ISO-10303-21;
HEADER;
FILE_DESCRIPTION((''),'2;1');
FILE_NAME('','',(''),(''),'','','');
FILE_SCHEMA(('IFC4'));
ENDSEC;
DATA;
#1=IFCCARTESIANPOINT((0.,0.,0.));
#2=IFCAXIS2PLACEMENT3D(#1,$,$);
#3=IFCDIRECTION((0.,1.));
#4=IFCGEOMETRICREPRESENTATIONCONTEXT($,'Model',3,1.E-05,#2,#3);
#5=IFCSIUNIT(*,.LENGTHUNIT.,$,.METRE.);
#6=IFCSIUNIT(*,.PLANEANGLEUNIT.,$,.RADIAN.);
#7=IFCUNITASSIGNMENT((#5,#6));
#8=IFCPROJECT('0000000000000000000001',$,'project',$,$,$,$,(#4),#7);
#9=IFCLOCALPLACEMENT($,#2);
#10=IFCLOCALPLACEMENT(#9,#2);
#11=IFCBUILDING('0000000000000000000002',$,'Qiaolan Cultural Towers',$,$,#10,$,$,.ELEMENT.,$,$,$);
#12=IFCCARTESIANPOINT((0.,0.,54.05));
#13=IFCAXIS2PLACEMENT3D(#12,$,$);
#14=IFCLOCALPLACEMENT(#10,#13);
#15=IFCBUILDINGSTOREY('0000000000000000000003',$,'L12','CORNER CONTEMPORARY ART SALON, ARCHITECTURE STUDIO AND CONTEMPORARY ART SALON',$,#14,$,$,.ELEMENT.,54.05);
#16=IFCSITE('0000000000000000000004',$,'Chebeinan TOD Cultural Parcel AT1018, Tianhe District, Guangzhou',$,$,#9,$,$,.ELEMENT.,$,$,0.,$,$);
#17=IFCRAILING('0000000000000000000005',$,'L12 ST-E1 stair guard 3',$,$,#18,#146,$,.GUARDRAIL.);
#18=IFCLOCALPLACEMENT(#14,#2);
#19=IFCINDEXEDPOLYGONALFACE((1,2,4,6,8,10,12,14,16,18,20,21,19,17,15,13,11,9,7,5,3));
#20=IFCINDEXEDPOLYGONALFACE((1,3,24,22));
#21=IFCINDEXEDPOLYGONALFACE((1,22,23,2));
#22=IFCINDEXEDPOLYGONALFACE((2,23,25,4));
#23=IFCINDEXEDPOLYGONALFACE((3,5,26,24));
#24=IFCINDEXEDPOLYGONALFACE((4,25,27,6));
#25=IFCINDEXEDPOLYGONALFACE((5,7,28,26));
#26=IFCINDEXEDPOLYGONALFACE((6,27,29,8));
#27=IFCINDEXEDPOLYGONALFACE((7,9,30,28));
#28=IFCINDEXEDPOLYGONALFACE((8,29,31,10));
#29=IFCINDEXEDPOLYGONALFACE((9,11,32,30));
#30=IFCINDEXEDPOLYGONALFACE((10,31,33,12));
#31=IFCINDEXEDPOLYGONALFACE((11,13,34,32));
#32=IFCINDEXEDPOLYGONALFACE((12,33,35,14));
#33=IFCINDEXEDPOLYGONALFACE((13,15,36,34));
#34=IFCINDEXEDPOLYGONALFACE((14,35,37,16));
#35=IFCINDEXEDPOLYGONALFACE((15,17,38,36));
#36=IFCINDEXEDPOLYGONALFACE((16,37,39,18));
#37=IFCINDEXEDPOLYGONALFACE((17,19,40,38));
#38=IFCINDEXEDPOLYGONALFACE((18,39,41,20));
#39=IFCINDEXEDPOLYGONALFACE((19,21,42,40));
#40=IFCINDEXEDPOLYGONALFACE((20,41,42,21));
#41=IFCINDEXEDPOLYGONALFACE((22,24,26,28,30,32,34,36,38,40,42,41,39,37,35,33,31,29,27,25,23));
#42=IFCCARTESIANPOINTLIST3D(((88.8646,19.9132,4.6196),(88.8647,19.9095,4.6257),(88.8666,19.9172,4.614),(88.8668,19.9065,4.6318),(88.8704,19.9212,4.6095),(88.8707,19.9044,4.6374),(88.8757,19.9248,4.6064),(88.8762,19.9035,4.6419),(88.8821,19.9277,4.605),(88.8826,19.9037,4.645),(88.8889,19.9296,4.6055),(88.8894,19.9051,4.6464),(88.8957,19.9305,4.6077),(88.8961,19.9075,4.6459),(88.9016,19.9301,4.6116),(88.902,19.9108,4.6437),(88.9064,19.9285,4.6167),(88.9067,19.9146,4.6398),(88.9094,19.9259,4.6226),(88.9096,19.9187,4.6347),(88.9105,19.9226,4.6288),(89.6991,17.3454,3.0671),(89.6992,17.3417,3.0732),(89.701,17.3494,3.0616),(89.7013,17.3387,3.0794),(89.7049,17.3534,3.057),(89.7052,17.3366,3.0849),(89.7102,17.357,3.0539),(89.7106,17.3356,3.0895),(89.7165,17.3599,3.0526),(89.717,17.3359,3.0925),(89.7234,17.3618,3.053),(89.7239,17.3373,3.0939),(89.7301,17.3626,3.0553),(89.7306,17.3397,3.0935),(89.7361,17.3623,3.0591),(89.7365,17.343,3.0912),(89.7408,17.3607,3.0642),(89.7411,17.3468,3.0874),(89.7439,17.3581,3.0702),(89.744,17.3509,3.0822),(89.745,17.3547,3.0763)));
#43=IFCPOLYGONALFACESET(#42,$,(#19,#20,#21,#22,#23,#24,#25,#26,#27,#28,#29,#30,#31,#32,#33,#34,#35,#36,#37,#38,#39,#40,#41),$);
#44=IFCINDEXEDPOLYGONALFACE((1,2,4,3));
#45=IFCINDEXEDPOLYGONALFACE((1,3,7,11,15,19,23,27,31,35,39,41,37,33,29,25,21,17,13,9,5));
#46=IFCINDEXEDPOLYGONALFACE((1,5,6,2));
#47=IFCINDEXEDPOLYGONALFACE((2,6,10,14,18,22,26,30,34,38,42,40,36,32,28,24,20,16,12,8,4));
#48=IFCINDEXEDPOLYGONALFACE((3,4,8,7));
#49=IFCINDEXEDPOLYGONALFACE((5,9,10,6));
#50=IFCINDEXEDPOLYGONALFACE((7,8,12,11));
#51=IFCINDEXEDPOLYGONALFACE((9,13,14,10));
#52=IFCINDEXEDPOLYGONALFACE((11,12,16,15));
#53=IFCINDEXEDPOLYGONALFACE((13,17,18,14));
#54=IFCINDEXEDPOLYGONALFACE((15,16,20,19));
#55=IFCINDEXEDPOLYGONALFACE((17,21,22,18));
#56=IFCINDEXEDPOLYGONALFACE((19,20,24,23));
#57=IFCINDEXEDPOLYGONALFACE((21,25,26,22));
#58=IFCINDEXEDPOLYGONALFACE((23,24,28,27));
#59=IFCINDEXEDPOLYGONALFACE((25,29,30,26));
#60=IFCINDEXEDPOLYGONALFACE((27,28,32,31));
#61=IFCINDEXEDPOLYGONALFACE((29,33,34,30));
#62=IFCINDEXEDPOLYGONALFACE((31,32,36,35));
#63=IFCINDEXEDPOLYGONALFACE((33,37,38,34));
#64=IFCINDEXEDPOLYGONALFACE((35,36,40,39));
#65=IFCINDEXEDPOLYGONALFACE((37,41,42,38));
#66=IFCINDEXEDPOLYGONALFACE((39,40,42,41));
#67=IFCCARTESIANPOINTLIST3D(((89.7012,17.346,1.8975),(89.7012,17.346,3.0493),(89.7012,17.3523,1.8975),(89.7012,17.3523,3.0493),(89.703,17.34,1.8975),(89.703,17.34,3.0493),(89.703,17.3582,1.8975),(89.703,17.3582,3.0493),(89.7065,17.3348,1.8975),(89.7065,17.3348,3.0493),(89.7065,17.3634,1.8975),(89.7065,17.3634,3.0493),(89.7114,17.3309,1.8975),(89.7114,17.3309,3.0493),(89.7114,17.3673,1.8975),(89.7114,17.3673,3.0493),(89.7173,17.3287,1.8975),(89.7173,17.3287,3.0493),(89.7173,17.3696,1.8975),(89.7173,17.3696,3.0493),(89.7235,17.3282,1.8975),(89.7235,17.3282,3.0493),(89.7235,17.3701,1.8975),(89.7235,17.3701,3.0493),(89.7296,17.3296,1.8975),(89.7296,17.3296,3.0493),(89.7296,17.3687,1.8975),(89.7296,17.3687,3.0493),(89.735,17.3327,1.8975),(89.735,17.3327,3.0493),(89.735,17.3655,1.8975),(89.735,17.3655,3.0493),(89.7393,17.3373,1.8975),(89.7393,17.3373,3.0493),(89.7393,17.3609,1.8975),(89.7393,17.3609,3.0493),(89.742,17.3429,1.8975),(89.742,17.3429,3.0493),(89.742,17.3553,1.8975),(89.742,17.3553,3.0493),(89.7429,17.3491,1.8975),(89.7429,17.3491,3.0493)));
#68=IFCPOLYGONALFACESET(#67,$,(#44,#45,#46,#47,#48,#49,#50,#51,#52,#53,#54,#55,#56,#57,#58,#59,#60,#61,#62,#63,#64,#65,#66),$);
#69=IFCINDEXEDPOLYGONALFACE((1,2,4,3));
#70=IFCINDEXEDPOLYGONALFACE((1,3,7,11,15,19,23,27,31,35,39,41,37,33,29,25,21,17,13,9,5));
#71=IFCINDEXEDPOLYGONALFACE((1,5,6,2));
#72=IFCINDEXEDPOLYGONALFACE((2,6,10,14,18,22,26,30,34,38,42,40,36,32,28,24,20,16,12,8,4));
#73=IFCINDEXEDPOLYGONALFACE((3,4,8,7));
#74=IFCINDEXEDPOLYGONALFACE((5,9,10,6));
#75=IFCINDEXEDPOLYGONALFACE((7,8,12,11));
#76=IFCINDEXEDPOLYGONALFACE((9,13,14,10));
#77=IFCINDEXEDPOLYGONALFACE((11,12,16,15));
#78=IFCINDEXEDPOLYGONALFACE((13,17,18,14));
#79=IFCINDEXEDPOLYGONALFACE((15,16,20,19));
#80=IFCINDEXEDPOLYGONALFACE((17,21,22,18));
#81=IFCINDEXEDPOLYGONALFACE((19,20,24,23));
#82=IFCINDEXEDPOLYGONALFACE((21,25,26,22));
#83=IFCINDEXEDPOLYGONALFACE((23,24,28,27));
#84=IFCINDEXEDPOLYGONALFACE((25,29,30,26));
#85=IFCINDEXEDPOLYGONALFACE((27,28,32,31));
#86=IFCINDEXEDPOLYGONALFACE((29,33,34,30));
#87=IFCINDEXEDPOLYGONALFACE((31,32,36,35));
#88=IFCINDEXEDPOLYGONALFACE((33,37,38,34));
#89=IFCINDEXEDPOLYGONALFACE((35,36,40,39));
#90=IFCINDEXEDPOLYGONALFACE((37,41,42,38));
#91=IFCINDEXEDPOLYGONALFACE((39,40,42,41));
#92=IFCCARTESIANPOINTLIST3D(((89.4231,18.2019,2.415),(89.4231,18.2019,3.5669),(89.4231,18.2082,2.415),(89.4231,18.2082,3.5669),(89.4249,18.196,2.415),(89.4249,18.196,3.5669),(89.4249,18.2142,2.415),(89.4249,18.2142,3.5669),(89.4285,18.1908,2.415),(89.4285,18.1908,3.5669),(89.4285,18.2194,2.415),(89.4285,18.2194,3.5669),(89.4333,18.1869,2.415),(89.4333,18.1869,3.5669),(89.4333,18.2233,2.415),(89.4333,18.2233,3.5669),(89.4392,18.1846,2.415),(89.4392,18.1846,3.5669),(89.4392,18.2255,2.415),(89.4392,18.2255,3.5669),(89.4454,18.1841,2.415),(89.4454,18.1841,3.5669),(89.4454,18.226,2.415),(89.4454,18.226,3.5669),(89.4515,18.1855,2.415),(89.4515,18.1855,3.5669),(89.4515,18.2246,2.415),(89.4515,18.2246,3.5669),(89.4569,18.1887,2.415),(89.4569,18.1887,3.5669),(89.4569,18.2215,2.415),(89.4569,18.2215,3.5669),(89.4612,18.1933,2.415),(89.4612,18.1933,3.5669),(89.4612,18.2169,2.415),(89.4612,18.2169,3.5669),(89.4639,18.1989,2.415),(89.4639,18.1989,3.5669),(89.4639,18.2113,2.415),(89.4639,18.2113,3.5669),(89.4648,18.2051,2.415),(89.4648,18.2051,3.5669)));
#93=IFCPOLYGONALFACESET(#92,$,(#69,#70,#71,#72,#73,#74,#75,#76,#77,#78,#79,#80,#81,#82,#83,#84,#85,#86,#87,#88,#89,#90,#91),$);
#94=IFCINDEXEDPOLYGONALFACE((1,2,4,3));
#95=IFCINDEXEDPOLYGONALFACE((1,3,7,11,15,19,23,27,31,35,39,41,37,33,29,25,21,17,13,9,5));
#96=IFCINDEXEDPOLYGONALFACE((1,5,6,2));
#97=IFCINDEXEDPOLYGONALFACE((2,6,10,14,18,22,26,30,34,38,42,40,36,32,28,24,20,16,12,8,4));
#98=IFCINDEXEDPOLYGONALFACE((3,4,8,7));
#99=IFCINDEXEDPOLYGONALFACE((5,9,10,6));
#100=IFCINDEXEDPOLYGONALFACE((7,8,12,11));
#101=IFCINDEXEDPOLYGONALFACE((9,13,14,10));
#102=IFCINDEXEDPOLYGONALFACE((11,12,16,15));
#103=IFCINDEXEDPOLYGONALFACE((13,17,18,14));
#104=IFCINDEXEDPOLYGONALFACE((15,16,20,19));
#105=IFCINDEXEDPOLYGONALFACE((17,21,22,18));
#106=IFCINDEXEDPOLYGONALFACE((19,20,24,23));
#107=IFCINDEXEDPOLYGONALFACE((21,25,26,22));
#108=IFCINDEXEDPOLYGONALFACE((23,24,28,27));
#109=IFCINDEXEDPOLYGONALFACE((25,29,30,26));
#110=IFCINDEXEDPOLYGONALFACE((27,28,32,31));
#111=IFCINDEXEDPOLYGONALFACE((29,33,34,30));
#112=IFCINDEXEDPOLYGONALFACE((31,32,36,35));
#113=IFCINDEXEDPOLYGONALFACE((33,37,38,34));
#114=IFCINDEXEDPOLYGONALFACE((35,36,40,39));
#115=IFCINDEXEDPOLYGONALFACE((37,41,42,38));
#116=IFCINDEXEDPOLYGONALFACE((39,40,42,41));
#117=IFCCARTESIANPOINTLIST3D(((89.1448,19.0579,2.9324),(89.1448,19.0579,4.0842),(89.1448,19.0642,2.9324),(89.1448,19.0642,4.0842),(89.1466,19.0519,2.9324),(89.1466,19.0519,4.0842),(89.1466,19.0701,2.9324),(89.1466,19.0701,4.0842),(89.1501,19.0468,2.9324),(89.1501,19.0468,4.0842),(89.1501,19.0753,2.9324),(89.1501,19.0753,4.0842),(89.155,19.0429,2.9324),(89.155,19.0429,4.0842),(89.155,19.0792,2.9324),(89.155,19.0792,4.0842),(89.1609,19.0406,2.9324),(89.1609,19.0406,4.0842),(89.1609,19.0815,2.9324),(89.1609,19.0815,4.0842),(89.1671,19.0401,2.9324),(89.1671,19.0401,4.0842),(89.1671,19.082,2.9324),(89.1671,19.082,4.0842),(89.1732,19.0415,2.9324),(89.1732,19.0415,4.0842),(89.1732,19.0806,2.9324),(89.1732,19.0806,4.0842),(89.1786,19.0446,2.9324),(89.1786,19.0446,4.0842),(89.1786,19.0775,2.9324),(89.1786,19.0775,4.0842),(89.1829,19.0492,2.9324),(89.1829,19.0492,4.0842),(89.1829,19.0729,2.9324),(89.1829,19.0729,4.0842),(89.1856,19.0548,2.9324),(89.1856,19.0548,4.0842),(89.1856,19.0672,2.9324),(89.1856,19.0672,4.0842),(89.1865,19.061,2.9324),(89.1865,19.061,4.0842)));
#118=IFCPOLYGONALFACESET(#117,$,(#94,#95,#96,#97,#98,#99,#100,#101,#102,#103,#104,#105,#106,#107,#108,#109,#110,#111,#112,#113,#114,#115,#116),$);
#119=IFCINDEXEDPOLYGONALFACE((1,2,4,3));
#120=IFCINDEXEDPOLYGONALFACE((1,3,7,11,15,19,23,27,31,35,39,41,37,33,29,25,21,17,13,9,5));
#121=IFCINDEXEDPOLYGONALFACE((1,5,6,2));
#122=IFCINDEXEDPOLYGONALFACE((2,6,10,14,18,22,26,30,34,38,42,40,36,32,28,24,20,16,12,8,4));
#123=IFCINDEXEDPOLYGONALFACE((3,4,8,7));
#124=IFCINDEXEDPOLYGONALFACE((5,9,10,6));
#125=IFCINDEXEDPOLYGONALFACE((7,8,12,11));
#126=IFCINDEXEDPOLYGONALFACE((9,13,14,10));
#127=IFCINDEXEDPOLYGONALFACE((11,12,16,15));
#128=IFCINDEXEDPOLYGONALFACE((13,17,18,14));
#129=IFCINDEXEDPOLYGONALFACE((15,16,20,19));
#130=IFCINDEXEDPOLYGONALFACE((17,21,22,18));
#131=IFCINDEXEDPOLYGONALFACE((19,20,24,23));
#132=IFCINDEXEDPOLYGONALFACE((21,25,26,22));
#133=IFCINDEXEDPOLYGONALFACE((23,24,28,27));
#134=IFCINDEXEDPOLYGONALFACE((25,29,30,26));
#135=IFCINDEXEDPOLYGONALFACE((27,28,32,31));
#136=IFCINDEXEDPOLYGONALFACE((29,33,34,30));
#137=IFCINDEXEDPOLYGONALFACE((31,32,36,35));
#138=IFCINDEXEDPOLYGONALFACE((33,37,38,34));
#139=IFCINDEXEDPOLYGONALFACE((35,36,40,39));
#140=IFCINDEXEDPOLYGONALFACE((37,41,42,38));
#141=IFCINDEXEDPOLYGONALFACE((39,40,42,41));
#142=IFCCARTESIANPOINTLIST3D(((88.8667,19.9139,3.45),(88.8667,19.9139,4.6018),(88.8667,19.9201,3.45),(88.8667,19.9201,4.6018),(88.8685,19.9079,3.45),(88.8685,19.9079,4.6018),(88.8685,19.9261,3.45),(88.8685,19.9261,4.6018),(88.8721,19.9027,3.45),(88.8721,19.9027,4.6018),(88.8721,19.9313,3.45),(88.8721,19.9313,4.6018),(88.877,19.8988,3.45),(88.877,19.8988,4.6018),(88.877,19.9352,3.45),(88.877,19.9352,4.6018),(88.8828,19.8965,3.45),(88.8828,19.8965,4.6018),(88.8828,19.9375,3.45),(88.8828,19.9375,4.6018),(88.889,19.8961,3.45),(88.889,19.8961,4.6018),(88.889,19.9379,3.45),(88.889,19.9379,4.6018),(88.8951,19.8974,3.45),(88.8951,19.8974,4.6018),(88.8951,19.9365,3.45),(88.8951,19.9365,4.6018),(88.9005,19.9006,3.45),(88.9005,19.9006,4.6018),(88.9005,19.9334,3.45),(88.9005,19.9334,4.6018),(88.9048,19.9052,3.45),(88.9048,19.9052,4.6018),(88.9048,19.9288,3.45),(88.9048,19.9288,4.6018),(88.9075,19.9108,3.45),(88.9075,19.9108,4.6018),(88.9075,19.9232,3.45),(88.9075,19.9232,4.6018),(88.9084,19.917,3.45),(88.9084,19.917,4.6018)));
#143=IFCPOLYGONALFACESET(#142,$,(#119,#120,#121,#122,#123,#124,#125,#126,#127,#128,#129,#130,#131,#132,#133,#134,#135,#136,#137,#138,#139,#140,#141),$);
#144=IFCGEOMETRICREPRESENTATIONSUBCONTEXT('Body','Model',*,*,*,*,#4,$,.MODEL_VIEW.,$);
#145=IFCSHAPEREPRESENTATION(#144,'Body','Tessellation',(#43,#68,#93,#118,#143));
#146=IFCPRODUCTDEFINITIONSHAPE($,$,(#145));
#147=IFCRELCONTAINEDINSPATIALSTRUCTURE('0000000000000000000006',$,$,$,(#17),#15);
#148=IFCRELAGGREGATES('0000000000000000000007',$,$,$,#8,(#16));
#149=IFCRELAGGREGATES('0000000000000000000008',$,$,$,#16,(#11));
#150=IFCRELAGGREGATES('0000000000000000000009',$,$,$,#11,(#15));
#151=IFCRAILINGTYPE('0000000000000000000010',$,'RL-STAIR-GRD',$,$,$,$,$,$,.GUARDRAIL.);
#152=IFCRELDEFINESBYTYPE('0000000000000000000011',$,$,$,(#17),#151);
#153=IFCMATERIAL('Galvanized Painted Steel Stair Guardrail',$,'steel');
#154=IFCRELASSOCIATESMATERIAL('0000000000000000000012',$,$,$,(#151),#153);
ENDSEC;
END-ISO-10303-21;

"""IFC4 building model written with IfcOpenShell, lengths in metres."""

from ifc_helpers import new_model, si_unit, direction, frame, origin, origin_2d, place, context, subcontext, project, spatial, circle, extrude, material, type_object, element, save


model = new_model("IFC4")

# Units and contexts
model_context = context("Model", 3, precision=1e-05, world=origin(), true_north=direction((0.0, 1.0)))
body_context = subcontext(model_context, "Body", "Model", "MODEL_VIEW")
ifc_project = project(units=[si_unit("LENGTHUNIT", "METRE"), si_unit("PLANEANGLEUNIT", "RADIAN")], contexts=[model_context])

# Site, building, storey
site_placement = place(None, origin())
site = spatial("IfcSite", under=ifc_project, at=site_placement, Name="Chebeinan TOD Cultural Parcel AT1018, Tianhe District, Guangzhou", CompositionType="ELEMENT", RefElevation=0.0)
building_placement = place(site_placement, origin())
building = spatial("IfcBuilding", under=site, at=building_placement, Name="Qiaolan Cultural Towers", CompositionType="ELEMENT")
storey_placement = place(building_placement, frame((0.0, 0.0, 54.05)))
storey = spatial("IfcBuildingStorey", under=building, at=storey_placement, Name="L12", Description="CORNER CONTEMPORARY ART SALON, ARCHITECTURE STUDIO AND CONTEMPORARY ART SALON", CompositionType="ELEMENT", Elevation=54.05)

# Railing
ifc_material_1 = material(Name="Galvanized Painted Steel Stair Guardrail", Category="steel")
railing_type_1 = type_object("IfcRailingType", Name="RL-STAIR-GRD", PredefinedType="GUARDRAIL", material=ifc_material_1)
railing_1_placement = place(storey_placement, frame((89.7219, 17.3491, 1.8975)))
element("IfcRailing", 1, at=railing_1_placement, inside=storey, type_object=railing_type_1, Name="L12 ST-E1 stair guard 3", PredefinedType="GUARDRAIL", context=body_context, shape_type="SweptSolid", body=[
    extrude(circle(Radius=0.0239, at=origin_2d()), frame((0.0, 0.0, 1.1758), z_axis=(-0.267926, 0.824471, 0.498461), x_axis=(-0.951043, -0.309057, 0.0)), (0.0, 0.0, 1.0), 3.1145),
    extrude(circle(Radius=0.021, at=origin_2d()), origin(), (0.0, 0.0, 1.0), 1.1519),
    extrude(circle(Radius=0.021, at=origin_2d()), frame((-0.2781, 0.856, 0.5176)), (0.0, 0.0, 1.0), 1.1519),
    extrude(circle(Radius=0.021, at=origin_2d()), frame((-0.5564, 1.7119, 1.0349)), (0.0, 0.0, 1.0), 1.1519),
    extrude(circle(Radius=0.021, at=origin_2d()), frame((-0.8345, 2.5679, 1.5525)), (0.0, 0.0, 1.0), 1.1519),
])

save(model, "model.ifc")
